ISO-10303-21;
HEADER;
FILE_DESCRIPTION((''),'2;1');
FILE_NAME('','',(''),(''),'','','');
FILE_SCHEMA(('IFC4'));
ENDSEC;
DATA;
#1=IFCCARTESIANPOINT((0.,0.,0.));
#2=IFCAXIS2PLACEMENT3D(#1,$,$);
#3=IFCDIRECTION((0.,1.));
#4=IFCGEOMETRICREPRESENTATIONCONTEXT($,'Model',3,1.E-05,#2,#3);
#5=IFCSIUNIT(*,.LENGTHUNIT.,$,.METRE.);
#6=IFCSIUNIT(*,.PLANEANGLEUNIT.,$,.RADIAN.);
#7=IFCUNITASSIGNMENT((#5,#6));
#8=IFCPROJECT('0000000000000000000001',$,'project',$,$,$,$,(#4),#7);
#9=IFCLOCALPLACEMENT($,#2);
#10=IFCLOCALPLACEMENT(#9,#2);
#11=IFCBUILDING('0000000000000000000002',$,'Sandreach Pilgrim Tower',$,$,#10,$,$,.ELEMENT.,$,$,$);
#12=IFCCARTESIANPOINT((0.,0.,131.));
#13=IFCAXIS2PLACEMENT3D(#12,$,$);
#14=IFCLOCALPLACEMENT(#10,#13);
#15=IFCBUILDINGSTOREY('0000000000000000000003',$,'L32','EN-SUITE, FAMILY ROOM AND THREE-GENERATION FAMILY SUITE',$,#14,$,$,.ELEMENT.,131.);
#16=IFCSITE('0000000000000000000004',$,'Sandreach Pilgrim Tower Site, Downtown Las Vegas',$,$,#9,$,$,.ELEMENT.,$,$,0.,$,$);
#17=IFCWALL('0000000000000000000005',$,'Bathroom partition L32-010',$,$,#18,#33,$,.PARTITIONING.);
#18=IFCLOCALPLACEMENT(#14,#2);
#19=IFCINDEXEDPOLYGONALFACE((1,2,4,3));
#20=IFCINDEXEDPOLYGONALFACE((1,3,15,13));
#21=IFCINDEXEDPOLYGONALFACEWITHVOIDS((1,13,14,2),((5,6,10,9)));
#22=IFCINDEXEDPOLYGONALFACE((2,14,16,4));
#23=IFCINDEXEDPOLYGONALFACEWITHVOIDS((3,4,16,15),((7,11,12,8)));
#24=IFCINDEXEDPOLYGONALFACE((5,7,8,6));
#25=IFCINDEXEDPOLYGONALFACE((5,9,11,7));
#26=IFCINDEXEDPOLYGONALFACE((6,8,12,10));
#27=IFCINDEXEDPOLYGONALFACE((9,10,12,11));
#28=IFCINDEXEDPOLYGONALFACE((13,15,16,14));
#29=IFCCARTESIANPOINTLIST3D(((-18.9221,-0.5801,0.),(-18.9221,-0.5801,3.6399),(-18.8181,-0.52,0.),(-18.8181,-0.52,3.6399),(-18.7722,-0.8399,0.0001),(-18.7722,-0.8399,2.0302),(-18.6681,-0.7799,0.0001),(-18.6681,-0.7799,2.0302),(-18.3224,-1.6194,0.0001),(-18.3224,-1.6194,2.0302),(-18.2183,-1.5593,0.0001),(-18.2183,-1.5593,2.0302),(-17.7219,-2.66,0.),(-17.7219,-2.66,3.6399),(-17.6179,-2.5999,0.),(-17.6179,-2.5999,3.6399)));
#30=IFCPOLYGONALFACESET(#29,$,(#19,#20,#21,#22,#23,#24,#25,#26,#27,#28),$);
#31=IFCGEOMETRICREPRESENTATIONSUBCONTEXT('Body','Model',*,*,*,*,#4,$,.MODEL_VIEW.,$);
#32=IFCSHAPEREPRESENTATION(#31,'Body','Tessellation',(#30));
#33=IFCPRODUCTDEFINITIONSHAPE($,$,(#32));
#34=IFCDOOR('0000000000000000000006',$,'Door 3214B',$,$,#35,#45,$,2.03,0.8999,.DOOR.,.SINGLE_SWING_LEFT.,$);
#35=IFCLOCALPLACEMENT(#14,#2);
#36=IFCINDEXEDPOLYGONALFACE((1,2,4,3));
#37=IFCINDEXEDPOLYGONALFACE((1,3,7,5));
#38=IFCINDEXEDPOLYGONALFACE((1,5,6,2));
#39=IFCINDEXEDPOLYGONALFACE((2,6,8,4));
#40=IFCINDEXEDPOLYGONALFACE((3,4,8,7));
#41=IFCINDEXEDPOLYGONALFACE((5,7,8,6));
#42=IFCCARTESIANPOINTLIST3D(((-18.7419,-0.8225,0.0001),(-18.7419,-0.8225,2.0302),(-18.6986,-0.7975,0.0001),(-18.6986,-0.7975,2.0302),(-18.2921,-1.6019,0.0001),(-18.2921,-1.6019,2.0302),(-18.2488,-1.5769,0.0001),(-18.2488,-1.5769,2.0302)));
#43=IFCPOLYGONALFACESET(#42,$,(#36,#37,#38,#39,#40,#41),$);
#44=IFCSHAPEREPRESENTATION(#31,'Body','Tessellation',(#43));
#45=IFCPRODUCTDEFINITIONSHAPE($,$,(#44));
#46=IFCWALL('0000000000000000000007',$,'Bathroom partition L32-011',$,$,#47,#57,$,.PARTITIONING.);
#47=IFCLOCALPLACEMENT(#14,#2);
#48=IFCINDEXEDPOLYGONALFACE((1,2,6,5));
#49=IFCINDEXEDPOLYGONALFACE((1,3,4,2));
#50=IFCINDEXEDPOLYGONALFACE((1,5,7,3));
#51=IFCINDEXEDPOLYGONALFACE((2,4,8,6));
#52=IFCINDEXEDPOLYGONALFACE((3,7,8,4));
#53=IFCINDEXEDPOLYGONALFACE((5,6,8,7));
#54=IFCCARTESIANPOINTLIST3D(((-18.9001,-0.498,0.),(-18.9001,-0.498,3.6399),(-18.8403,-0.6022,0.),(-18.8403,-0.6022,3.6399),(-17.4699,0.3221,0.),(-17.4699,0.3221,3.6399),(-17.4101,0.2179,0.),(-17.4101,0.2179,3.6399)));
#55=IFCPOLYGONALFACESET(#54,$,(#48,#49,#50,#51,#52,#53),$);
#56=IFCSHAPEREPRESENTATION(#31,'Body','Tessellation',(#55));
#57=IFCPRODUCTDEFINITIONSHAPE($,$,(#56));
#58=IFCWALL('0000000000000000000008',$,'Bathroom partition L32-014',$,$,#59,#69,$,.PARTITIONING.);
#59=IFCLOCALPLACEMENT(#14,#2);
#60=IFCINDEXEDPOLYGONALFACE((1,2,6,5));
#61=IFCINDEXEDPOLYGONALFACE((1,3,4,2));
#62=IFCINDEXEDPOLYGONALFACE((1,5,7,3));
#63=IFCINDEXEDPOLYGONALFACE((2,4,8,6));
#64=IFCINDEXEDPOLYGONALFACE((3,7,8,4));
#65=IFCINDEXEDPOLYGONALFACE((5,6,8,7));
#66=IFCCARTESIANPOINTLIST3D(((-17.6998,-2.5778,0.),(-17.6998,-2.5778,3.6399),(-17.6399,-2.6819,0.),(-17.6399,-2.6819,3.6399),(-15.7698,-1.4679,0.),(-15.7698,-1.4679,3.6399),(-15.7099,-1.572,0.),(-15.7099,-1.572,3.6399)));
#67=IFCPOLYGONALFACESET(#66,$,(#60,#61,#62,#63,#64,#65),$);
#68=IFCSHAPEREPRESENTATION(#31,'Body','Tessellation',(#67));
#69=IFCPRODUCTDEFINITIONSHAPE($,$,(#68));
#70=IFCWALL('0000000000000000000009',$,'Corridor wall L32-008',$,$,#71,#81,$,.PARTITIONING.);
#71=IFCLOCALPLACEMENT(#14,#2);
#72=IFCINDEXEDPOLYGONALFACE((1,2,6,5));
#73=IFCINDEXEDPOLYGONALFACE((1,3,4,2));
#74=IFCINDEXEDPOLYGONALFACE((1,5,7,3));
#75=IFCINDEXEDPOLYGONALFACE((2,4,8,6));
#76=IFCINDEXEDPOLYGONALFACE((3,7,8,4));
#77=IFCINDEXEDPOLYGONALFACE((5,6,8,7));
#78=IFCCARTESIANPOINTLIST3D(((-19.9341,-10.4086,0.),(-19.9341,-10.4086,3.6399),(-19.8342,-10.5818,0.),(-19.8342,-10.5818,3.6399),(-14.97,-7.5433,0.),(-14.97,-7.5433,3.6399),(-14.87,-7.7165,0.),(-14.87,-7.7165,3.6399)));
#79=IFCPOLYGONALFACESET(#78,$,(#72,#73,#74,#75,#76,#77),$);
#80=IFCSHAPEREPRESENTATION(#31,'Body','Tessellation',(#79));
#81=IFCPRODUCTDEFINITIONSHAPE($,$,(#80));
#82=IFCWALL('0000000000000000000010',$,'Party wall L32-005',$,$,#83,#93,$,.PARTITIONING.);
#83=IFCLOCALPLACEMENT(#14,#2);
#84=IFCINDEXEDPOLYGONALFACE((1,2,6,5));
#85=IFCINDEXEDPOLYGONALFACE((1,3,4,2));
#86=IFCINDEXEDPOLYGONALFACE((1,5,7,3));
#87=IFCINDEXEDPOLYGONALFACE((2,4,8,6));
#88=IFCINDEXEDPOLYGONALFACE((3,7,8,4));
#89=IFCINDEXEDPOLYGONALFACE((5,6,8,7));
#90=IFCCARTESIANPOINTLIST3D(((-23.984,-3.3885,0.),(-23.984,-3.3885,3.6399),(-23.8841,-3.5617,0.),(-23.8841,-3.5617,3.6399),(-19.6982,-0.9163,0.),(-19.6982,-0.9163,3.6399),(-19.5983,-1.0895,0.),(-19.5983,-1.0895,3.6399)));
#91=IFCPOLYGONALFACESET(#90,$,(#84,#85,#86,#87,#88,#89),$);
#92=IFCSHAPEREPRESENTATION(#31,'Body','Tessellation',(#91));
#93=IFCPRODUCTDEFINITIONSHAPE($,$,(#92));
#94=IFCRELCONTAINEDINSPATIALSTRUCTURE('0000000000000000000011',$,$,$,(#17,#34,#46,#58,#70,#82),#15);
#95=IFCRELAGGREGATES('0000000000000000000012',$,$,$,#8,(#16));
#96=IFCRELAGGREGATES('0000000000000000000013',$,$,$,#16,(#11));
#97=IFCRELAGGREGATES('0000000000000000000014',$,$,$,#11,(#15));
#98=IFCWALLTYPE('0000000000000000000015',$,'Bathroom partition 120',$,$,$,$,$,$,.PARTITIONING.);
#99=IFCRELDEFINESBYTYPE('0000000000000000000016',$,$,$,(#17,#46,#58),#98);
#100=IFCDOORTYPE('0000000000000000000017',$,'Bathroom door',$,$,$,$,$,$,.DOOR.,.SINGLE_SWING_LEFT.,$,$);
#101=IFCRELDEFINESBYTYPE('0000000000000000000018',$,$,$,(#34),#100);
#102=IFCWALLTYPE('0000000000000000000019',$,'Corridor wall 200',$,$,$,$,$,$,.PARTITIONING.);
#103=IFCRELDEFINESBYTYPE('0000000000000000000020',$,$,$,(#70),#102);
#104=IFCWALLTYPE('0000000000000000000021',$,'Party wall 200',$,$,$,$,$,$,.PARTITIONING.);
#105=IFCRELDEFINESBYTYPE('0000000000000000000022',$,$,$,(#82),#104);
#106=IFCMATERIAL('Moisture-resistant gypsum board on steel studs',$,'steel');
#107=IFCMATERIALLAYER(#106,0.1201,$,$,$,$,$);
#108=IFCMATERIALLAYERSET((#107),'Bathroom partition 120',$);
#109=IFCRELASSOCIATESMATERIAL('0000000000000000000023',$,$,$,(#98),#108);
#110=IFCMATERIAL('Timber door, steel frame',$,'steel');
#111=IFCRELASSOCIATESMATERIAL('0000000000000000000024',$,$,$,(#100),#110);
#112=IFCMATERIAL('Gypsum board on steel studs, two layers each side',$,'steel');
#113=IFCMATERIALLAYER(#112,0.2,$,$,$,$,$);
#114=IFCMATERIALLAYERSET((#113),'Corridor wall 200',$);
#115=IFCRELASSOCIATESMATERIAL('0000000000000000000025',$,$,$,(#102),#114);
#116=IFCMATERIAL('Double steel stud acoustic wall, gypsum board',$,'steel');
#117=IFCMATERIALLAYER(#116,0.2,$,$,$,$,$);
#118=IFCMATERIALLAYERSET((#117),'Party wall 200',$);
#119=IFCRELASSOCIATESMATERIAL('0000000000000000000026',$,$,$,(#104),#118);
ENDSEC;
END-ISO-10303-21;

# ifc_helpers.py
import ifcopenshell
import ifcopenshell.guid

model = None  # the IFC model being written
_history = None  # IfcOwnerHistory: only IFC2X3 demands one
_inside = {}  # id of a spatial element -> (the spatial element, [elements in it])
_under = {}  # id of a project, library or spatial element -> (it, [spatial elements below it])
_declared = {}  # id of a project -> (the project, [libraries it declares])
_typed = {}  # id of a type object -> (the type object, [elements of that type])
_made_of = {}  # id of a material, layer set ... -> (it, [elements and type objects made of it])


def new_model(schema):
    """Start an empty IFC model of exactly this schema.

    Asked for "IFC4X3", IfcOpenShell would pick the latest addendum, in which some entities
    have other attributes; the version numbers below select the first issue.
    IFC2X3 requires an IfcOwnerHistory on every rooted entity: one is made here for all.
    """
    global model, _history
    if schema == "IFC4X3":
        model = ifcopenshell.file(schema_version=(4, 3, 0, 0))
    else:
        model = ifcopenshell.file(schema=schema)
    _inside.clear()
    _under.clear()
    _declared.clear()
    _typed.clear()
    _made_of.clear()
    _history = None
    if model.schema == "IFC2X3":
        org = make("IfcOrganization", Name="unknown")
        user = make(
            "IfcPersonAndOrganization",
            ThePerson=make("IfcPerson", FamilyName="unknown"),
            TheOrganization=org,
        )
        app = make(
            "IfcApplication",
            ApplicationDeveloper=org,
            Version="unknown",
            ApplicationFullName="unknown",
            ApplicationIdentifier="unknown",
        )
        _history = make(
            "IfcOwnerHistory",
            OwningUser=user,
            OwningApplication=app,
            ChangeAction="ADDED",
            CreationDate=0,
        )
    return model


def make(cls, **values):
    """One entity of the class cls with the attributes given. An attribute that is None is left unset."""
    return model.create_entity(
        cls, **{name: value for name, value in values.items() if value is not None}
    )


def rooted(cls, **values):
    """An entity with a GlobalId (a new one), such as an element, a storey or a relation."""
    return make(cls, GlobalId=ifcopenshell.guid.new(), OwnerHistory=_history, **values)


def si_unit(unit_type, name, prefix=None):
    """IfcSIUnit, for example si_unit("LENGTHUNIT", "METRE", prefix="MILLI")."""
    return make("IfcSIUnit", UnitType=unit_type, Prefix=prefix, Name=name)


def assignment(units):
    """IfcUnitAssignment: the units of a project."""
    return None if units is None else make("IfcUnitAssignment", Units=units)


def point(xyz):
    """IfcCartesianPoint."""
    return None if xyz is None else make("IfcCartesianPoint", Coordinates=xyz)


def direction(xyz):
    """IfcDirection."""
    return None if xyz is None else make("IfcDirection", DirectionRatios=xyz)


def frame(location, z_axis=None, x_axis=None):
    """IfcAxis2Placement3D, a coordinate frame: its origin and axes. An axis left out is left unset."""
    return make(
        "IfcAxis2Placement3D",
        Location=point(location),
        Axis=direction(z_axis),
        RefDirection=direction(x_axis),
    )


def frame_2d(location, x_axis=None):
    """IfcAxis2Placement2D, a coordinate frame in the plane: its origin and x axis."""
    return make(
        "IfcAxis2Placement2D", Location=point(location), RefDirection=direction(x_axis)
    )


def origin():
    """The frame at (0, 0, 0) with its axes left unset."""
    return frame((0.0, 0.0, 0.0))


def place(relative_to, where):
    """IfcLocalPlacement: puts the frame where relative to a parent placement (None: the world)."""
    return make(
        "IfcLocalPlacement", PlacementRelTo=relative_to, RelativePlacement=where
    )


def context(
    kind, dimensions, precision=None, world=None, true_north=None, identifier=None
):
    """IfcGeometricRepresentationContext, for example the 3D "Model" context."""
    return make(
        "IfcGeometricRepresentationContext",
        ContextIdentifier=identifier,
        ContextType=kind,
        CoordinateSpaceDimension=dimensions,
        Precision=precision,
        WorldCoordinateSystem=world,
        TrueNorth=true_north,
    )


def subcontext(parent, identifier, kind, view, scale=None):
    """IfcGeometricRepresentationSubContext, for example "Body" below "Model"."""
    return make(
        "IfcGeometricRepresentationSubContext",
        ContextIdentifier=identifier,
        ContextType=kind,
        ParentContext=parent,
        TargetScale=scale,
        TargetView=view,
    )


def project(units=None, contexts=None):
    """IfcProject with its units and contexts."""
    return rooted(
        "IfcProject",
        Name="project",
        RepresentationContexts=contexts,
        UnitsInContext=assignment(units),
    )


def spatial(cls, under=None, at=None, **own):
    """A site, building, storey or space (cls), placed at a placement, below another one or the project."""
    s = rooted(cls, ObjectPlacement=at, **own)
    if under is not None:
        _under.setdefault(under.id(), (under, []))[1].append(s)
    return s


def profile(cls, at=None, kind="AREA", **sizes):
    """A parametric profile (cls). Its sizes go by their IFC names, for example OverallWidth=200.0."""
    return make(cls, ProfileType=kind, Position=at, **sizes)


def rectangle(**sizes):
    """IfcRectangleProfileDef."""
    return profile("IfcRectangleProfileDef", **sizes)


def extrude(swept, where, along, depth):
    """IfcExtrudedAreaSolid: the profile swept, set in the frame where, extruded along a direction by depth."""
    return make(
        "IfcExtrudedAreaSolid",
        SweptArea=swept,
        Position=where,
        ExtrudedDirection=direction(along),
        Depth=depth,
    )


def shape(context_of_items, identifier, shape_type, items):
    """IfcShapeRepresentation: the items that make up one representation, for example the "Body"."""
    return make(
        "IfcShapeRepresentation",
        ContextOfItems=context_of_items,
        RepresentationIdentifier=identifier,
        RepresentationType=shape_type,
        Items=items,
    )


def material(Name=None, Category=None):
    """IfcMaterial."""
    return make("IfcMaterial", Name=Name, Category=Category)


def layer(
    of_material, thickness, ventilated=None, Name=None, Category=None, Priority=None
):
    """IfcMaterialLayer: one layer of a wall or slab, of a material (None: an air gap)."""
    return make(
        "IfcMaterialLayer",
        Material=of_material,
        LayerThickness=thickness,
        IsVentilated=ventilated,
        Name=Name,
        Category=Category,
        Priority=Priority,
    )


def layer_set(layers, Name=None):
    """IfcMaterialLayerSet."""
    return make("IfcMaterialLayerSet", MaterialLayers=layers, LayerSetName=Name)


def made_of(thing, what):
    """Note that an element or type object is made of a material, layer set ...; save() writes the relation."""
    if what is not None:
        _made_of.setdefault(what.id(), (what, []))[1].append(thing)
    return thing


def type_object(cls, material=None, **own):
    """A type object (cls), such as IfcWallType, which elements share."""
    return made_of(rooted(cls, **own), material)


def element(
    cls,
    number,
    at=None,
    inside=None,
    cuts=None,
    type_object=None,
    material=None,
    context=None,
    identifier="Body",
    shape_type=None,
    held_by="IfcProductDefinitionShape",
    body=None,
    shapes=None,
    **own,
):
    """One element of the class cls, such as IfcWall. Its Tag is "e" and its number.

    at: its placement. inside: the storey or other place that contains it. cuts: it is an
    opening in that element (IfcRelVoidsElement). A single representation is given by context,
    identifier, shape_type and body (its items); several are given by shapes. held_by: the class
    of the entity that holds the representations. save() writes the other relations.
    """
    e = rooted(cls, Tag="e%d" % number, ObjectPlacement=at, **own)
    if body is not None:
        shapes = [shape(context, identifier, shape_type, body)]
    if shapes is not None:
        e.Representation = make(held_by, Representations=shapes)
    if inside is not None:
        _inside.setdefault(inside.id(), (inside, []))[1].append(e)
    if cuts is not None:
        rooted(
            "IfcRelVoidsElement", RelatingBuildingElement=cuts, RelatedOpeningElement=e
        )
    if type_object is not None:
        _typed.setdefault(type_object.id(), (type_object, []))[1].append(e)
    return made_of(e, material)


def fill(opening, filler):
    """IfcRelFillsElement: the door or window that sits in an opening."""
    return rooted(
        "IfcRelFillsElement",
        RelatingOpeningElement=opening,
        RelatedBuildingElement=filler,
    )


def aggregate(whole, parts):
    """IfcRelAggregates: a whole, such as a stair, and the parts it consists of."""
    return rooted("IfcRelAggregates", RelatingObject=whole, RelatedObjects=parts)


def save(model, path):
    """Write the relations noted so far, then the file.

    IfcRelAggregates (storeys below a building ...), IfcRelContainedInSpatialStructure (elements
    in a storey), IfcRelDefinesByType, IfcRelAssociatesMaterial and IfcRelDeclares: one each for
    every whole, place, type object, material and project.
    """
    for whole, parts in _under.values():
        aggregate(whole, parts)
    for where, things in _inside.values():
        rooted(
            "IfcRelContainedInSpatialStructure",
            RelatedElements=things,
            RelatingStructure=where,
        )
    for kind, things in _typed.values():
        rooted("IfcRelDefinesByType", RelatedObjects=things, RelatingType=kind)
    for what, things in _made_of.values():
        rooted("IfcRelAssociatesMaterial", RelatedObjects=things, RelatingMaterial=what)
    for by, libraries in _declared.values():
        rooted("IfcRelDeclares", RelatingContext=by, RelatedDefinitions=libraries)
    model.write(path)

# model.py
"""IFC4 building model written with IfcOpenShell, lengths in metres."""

from ifc_helpers import new_model, si_unit, direction, frame, frame_2d, origin, place, context, subcontext, project, spatial, rectangle, extrude, material, layer, layer_set, type_object, element, fill, save


model = new_model("IFC4")

# Units and contexts
model_context = context("Model", 3, precision=1e-05, world=origin(), true_north=direction((0.0, 1.0)))
body_context = subcontext(model_context, "Body", "Model", "MODEL_VIEW")
ifc_project = project(units=[si_unit("LENGTHUNIT", "METRE"), si_unit("PLANEANGLEUNIT", "RADIAN")], contexts=[model_context])

# Site, building, storey
site_placement = place(None, origin())
site = spatial("IfcSite", under=ifc_project, at=site_placement, Name="Sandreach Pilgrim Tower Site, Downtown Las Vegas", CompositionType="ELEMENT", RefElevation=0.0)
building_placement = place(site_placement, origin())
building = spatial("IfcBuilding", under=site, at=building_placement, Name="Sandreach Pilgrim Tower", CompositionType="ELEMENT")
storey_placement = place(building_placement, frame((0.0, 0.0, 131.0)))
storey = spatial("IfcBuildingStorey", under=building, at=storey_placement, Name="L32", Description="EN-SUITE, FAMILY ROOM AND THREE-GENERATION FAMILY SUITE", CompositionType="ELEMENT", Elevation=131.0)

# Shared definitions
ifc_material_1 = material(Name="Moisture-resistant gypsum board on steel studs", Category="steel")
ifc_layer_1 = layer(ifc_material_1, 0.1201)
ifc_layer_set_1 = layer_set([ifc_layer_1], Name="Bathroom partition 120")
wall_type_1 = type_object("IfcWallType", Name="Bathroom partition 120", PredefinedType="PARTITIONING", material=ifc_layer_set_1)

# Wall, opening, door
wall_1_placement = place(storey_placement, frame((-18.8701, -0.55, 0.0), z_axis=(0.0, 0.0, 1.0), x_axis=(0.499813, -0.866133, 0.0)))
wall_1 = element("IfcWall", 1, at=wall_1_placement, inside=storey, type_object=wall_type_1, Name="Bathroom partition L32-010", PredefinedType="PARTITIONING", context=body_context, shape_type="SweptSolid", body=[
    extrude(rectangle(XDim=2.4014, YDim=0.1201, at=frame_2d((1.2007, 0.0))), origin(), (0.0, 0.0, 1.0), 3.6399),
])
opening_placement = place(wall_1_placement, frame((0.3, 0.0, 0.0)))
opening = element("IfcOpeningElement", 2, at=opening_placement, cuts=wall_1, PredefinedType="OPENING", context=body_context, shape_type="SweptSolid", body=[
    extrude(rectangle(XDim=0.8999, YDim=2.03, at=frame_2d((0.45, 1.0151))), frame((0.0, 0.0601, 0.0), z_axis=(0.0, -1.0, 0.0), x_axis=(1.0, 0.0, 0.0)), (0.0, 0.0, 1.0), 0.1201),
])
ifc_material_2 = material(Name="Timber door, steel frame", Category="steel")
door_type = type_object("IfcDoorType", Name="Bathroom door", OperationType="SINGLE_SWING_LEFT", PredefinedType="DOOR", material=ifc_material_2)
door_placement = place(opening_placement, origin())
door = element("IfcDoor", 3, at=door_placement, inside=storey, type_object=door_type, Name="Door 3214B", OperationType="SINGLE_SWING_LEFT", OverallHeight=2.03, OverallWidth=0.8999, PredefinedType="DOOR", context=body_context, shape_type="SweptSolid", body=[
    extrude(rectangle(XDim=0.8999, YDim=2.03, at=frame_2d((0.45, 1.0151))), frame((0.0, 0.0249, 0.0), z_axis=(0.0, -1.0, 0.0), x_axis=(1.0, 0.0, 0.0)), (0.0, 0.0, 1.0), 0.05),
])
fill(opening, door)

# Walls
wall_2_placement = place(storey_placement, frame((-18.8701, -0.55, 0.0), z_axis=(0.0, 0.0, 1.0), x_axis=(0.867504, 0.49743, 0.0)))
element("IfcWall", 4, at=wall_2_placement, inside=storey, type_object=wall_type_1, Name="Bathroom partition L32-011", PredefinedType="PARTITIONING", context=body_context, shape_type="SweptSolid", body=[
    extrude(rectangle(XDim=1.6487, YDim=0.1201, at=frame_2d((0.8242, 0.0))), origin(), (0.0, 0.0, 1.0), 3.6399),
])
wall_3_placement = place(storey_placement, frame((-17.6699, -2.6299, 0.0), z_axis=(0.0, 0.0, 1.0), x_axis=(0.866877, 0.498523, 0.0)))
element("IfcWall", 5, at=wall_3_placement, inside=storey, type_object=wall_type_1, Name="Bathroom partition L32-014", PredefinedType="PARTITIONING", context=body_context, shape_type="SweptSolid", body=[
    extrude(rectangle(XDim=2.2263, YDim=0.1201, at=frame_2d((1.1133, 0.0))), origin(), (0.0, 0.0, 1.0), 3.6399),
])
ifc_material_3 = material(Name="Gypsum board on steel studs, two layers each side", Category="steel")
ifc_layer_2 = layer(ifc_material_3, 0.2)
ifc_layer_set_2 = layer_set([ifc_layer_2], Name="Corridor wall 200")
wall_type_2 = type_object("IfcWallType", Name="Corridor wall 200", PredefinedType="PARTITIONING", material=ifc_layer_set_2)
wall_4_placement = place(storey_placement, frame((-19.884, -10.4951, 0.0), z_axis=(0.0, 0.0, 1.0), x_axis=(0.866086, 0.499896, 0.0)))
element("IfcWall", 6, at=wall_4_placement, inside=storey, type_object=wall_type_2, Name="Corridor wall L32-008", PredefinedType="PARTITIONING", context=body_context, shape_type="SweptSolid", body=[
    extrude(rectangle(XDim=5.7317, YDim=0.2, at=frame_2d((2.8657, 0.0))), origin(), (0.0, 0.0, 1.0), 3.6399),
])
ifc_material_4 = material(Name="Double steel stud acoustic wall, gypsum board", Category="steel")
ifc_layer_3 = layer(ifc_material_4, 0.2)
ifc_layer_set_3 = layer_set([ifc_layer_3], Name="Party wall 200")
wall_type_3 = type_object("IfcWallType", Name="Party wall 200", PredefinedType="PARTITIONING", material=ifc_layer_set_3)
wall_5_placement = place(storey_placement, frame((-23.9341, -3.4751, 0.0), z_axis=(0.0, 0.0, 1.0), x_axis=(0.866226, 0.499653, 0.0)))
element("IfcWall", 7, at=wall_5_placement, inside=storey, type_object=wall_type_3, Name="Party wall L32-005", PredefinedType="PARTITIONING", context=body_context, shape_type="SweptSolid", body=[
    extrude(rectangle(XDim=4.9478, YDim=0.2, at=frame_2d((2.4739, 0.0))), origin(), (0.0, 0.0, 1.0), 3.6399),
])

save(model, "model.ifc")
